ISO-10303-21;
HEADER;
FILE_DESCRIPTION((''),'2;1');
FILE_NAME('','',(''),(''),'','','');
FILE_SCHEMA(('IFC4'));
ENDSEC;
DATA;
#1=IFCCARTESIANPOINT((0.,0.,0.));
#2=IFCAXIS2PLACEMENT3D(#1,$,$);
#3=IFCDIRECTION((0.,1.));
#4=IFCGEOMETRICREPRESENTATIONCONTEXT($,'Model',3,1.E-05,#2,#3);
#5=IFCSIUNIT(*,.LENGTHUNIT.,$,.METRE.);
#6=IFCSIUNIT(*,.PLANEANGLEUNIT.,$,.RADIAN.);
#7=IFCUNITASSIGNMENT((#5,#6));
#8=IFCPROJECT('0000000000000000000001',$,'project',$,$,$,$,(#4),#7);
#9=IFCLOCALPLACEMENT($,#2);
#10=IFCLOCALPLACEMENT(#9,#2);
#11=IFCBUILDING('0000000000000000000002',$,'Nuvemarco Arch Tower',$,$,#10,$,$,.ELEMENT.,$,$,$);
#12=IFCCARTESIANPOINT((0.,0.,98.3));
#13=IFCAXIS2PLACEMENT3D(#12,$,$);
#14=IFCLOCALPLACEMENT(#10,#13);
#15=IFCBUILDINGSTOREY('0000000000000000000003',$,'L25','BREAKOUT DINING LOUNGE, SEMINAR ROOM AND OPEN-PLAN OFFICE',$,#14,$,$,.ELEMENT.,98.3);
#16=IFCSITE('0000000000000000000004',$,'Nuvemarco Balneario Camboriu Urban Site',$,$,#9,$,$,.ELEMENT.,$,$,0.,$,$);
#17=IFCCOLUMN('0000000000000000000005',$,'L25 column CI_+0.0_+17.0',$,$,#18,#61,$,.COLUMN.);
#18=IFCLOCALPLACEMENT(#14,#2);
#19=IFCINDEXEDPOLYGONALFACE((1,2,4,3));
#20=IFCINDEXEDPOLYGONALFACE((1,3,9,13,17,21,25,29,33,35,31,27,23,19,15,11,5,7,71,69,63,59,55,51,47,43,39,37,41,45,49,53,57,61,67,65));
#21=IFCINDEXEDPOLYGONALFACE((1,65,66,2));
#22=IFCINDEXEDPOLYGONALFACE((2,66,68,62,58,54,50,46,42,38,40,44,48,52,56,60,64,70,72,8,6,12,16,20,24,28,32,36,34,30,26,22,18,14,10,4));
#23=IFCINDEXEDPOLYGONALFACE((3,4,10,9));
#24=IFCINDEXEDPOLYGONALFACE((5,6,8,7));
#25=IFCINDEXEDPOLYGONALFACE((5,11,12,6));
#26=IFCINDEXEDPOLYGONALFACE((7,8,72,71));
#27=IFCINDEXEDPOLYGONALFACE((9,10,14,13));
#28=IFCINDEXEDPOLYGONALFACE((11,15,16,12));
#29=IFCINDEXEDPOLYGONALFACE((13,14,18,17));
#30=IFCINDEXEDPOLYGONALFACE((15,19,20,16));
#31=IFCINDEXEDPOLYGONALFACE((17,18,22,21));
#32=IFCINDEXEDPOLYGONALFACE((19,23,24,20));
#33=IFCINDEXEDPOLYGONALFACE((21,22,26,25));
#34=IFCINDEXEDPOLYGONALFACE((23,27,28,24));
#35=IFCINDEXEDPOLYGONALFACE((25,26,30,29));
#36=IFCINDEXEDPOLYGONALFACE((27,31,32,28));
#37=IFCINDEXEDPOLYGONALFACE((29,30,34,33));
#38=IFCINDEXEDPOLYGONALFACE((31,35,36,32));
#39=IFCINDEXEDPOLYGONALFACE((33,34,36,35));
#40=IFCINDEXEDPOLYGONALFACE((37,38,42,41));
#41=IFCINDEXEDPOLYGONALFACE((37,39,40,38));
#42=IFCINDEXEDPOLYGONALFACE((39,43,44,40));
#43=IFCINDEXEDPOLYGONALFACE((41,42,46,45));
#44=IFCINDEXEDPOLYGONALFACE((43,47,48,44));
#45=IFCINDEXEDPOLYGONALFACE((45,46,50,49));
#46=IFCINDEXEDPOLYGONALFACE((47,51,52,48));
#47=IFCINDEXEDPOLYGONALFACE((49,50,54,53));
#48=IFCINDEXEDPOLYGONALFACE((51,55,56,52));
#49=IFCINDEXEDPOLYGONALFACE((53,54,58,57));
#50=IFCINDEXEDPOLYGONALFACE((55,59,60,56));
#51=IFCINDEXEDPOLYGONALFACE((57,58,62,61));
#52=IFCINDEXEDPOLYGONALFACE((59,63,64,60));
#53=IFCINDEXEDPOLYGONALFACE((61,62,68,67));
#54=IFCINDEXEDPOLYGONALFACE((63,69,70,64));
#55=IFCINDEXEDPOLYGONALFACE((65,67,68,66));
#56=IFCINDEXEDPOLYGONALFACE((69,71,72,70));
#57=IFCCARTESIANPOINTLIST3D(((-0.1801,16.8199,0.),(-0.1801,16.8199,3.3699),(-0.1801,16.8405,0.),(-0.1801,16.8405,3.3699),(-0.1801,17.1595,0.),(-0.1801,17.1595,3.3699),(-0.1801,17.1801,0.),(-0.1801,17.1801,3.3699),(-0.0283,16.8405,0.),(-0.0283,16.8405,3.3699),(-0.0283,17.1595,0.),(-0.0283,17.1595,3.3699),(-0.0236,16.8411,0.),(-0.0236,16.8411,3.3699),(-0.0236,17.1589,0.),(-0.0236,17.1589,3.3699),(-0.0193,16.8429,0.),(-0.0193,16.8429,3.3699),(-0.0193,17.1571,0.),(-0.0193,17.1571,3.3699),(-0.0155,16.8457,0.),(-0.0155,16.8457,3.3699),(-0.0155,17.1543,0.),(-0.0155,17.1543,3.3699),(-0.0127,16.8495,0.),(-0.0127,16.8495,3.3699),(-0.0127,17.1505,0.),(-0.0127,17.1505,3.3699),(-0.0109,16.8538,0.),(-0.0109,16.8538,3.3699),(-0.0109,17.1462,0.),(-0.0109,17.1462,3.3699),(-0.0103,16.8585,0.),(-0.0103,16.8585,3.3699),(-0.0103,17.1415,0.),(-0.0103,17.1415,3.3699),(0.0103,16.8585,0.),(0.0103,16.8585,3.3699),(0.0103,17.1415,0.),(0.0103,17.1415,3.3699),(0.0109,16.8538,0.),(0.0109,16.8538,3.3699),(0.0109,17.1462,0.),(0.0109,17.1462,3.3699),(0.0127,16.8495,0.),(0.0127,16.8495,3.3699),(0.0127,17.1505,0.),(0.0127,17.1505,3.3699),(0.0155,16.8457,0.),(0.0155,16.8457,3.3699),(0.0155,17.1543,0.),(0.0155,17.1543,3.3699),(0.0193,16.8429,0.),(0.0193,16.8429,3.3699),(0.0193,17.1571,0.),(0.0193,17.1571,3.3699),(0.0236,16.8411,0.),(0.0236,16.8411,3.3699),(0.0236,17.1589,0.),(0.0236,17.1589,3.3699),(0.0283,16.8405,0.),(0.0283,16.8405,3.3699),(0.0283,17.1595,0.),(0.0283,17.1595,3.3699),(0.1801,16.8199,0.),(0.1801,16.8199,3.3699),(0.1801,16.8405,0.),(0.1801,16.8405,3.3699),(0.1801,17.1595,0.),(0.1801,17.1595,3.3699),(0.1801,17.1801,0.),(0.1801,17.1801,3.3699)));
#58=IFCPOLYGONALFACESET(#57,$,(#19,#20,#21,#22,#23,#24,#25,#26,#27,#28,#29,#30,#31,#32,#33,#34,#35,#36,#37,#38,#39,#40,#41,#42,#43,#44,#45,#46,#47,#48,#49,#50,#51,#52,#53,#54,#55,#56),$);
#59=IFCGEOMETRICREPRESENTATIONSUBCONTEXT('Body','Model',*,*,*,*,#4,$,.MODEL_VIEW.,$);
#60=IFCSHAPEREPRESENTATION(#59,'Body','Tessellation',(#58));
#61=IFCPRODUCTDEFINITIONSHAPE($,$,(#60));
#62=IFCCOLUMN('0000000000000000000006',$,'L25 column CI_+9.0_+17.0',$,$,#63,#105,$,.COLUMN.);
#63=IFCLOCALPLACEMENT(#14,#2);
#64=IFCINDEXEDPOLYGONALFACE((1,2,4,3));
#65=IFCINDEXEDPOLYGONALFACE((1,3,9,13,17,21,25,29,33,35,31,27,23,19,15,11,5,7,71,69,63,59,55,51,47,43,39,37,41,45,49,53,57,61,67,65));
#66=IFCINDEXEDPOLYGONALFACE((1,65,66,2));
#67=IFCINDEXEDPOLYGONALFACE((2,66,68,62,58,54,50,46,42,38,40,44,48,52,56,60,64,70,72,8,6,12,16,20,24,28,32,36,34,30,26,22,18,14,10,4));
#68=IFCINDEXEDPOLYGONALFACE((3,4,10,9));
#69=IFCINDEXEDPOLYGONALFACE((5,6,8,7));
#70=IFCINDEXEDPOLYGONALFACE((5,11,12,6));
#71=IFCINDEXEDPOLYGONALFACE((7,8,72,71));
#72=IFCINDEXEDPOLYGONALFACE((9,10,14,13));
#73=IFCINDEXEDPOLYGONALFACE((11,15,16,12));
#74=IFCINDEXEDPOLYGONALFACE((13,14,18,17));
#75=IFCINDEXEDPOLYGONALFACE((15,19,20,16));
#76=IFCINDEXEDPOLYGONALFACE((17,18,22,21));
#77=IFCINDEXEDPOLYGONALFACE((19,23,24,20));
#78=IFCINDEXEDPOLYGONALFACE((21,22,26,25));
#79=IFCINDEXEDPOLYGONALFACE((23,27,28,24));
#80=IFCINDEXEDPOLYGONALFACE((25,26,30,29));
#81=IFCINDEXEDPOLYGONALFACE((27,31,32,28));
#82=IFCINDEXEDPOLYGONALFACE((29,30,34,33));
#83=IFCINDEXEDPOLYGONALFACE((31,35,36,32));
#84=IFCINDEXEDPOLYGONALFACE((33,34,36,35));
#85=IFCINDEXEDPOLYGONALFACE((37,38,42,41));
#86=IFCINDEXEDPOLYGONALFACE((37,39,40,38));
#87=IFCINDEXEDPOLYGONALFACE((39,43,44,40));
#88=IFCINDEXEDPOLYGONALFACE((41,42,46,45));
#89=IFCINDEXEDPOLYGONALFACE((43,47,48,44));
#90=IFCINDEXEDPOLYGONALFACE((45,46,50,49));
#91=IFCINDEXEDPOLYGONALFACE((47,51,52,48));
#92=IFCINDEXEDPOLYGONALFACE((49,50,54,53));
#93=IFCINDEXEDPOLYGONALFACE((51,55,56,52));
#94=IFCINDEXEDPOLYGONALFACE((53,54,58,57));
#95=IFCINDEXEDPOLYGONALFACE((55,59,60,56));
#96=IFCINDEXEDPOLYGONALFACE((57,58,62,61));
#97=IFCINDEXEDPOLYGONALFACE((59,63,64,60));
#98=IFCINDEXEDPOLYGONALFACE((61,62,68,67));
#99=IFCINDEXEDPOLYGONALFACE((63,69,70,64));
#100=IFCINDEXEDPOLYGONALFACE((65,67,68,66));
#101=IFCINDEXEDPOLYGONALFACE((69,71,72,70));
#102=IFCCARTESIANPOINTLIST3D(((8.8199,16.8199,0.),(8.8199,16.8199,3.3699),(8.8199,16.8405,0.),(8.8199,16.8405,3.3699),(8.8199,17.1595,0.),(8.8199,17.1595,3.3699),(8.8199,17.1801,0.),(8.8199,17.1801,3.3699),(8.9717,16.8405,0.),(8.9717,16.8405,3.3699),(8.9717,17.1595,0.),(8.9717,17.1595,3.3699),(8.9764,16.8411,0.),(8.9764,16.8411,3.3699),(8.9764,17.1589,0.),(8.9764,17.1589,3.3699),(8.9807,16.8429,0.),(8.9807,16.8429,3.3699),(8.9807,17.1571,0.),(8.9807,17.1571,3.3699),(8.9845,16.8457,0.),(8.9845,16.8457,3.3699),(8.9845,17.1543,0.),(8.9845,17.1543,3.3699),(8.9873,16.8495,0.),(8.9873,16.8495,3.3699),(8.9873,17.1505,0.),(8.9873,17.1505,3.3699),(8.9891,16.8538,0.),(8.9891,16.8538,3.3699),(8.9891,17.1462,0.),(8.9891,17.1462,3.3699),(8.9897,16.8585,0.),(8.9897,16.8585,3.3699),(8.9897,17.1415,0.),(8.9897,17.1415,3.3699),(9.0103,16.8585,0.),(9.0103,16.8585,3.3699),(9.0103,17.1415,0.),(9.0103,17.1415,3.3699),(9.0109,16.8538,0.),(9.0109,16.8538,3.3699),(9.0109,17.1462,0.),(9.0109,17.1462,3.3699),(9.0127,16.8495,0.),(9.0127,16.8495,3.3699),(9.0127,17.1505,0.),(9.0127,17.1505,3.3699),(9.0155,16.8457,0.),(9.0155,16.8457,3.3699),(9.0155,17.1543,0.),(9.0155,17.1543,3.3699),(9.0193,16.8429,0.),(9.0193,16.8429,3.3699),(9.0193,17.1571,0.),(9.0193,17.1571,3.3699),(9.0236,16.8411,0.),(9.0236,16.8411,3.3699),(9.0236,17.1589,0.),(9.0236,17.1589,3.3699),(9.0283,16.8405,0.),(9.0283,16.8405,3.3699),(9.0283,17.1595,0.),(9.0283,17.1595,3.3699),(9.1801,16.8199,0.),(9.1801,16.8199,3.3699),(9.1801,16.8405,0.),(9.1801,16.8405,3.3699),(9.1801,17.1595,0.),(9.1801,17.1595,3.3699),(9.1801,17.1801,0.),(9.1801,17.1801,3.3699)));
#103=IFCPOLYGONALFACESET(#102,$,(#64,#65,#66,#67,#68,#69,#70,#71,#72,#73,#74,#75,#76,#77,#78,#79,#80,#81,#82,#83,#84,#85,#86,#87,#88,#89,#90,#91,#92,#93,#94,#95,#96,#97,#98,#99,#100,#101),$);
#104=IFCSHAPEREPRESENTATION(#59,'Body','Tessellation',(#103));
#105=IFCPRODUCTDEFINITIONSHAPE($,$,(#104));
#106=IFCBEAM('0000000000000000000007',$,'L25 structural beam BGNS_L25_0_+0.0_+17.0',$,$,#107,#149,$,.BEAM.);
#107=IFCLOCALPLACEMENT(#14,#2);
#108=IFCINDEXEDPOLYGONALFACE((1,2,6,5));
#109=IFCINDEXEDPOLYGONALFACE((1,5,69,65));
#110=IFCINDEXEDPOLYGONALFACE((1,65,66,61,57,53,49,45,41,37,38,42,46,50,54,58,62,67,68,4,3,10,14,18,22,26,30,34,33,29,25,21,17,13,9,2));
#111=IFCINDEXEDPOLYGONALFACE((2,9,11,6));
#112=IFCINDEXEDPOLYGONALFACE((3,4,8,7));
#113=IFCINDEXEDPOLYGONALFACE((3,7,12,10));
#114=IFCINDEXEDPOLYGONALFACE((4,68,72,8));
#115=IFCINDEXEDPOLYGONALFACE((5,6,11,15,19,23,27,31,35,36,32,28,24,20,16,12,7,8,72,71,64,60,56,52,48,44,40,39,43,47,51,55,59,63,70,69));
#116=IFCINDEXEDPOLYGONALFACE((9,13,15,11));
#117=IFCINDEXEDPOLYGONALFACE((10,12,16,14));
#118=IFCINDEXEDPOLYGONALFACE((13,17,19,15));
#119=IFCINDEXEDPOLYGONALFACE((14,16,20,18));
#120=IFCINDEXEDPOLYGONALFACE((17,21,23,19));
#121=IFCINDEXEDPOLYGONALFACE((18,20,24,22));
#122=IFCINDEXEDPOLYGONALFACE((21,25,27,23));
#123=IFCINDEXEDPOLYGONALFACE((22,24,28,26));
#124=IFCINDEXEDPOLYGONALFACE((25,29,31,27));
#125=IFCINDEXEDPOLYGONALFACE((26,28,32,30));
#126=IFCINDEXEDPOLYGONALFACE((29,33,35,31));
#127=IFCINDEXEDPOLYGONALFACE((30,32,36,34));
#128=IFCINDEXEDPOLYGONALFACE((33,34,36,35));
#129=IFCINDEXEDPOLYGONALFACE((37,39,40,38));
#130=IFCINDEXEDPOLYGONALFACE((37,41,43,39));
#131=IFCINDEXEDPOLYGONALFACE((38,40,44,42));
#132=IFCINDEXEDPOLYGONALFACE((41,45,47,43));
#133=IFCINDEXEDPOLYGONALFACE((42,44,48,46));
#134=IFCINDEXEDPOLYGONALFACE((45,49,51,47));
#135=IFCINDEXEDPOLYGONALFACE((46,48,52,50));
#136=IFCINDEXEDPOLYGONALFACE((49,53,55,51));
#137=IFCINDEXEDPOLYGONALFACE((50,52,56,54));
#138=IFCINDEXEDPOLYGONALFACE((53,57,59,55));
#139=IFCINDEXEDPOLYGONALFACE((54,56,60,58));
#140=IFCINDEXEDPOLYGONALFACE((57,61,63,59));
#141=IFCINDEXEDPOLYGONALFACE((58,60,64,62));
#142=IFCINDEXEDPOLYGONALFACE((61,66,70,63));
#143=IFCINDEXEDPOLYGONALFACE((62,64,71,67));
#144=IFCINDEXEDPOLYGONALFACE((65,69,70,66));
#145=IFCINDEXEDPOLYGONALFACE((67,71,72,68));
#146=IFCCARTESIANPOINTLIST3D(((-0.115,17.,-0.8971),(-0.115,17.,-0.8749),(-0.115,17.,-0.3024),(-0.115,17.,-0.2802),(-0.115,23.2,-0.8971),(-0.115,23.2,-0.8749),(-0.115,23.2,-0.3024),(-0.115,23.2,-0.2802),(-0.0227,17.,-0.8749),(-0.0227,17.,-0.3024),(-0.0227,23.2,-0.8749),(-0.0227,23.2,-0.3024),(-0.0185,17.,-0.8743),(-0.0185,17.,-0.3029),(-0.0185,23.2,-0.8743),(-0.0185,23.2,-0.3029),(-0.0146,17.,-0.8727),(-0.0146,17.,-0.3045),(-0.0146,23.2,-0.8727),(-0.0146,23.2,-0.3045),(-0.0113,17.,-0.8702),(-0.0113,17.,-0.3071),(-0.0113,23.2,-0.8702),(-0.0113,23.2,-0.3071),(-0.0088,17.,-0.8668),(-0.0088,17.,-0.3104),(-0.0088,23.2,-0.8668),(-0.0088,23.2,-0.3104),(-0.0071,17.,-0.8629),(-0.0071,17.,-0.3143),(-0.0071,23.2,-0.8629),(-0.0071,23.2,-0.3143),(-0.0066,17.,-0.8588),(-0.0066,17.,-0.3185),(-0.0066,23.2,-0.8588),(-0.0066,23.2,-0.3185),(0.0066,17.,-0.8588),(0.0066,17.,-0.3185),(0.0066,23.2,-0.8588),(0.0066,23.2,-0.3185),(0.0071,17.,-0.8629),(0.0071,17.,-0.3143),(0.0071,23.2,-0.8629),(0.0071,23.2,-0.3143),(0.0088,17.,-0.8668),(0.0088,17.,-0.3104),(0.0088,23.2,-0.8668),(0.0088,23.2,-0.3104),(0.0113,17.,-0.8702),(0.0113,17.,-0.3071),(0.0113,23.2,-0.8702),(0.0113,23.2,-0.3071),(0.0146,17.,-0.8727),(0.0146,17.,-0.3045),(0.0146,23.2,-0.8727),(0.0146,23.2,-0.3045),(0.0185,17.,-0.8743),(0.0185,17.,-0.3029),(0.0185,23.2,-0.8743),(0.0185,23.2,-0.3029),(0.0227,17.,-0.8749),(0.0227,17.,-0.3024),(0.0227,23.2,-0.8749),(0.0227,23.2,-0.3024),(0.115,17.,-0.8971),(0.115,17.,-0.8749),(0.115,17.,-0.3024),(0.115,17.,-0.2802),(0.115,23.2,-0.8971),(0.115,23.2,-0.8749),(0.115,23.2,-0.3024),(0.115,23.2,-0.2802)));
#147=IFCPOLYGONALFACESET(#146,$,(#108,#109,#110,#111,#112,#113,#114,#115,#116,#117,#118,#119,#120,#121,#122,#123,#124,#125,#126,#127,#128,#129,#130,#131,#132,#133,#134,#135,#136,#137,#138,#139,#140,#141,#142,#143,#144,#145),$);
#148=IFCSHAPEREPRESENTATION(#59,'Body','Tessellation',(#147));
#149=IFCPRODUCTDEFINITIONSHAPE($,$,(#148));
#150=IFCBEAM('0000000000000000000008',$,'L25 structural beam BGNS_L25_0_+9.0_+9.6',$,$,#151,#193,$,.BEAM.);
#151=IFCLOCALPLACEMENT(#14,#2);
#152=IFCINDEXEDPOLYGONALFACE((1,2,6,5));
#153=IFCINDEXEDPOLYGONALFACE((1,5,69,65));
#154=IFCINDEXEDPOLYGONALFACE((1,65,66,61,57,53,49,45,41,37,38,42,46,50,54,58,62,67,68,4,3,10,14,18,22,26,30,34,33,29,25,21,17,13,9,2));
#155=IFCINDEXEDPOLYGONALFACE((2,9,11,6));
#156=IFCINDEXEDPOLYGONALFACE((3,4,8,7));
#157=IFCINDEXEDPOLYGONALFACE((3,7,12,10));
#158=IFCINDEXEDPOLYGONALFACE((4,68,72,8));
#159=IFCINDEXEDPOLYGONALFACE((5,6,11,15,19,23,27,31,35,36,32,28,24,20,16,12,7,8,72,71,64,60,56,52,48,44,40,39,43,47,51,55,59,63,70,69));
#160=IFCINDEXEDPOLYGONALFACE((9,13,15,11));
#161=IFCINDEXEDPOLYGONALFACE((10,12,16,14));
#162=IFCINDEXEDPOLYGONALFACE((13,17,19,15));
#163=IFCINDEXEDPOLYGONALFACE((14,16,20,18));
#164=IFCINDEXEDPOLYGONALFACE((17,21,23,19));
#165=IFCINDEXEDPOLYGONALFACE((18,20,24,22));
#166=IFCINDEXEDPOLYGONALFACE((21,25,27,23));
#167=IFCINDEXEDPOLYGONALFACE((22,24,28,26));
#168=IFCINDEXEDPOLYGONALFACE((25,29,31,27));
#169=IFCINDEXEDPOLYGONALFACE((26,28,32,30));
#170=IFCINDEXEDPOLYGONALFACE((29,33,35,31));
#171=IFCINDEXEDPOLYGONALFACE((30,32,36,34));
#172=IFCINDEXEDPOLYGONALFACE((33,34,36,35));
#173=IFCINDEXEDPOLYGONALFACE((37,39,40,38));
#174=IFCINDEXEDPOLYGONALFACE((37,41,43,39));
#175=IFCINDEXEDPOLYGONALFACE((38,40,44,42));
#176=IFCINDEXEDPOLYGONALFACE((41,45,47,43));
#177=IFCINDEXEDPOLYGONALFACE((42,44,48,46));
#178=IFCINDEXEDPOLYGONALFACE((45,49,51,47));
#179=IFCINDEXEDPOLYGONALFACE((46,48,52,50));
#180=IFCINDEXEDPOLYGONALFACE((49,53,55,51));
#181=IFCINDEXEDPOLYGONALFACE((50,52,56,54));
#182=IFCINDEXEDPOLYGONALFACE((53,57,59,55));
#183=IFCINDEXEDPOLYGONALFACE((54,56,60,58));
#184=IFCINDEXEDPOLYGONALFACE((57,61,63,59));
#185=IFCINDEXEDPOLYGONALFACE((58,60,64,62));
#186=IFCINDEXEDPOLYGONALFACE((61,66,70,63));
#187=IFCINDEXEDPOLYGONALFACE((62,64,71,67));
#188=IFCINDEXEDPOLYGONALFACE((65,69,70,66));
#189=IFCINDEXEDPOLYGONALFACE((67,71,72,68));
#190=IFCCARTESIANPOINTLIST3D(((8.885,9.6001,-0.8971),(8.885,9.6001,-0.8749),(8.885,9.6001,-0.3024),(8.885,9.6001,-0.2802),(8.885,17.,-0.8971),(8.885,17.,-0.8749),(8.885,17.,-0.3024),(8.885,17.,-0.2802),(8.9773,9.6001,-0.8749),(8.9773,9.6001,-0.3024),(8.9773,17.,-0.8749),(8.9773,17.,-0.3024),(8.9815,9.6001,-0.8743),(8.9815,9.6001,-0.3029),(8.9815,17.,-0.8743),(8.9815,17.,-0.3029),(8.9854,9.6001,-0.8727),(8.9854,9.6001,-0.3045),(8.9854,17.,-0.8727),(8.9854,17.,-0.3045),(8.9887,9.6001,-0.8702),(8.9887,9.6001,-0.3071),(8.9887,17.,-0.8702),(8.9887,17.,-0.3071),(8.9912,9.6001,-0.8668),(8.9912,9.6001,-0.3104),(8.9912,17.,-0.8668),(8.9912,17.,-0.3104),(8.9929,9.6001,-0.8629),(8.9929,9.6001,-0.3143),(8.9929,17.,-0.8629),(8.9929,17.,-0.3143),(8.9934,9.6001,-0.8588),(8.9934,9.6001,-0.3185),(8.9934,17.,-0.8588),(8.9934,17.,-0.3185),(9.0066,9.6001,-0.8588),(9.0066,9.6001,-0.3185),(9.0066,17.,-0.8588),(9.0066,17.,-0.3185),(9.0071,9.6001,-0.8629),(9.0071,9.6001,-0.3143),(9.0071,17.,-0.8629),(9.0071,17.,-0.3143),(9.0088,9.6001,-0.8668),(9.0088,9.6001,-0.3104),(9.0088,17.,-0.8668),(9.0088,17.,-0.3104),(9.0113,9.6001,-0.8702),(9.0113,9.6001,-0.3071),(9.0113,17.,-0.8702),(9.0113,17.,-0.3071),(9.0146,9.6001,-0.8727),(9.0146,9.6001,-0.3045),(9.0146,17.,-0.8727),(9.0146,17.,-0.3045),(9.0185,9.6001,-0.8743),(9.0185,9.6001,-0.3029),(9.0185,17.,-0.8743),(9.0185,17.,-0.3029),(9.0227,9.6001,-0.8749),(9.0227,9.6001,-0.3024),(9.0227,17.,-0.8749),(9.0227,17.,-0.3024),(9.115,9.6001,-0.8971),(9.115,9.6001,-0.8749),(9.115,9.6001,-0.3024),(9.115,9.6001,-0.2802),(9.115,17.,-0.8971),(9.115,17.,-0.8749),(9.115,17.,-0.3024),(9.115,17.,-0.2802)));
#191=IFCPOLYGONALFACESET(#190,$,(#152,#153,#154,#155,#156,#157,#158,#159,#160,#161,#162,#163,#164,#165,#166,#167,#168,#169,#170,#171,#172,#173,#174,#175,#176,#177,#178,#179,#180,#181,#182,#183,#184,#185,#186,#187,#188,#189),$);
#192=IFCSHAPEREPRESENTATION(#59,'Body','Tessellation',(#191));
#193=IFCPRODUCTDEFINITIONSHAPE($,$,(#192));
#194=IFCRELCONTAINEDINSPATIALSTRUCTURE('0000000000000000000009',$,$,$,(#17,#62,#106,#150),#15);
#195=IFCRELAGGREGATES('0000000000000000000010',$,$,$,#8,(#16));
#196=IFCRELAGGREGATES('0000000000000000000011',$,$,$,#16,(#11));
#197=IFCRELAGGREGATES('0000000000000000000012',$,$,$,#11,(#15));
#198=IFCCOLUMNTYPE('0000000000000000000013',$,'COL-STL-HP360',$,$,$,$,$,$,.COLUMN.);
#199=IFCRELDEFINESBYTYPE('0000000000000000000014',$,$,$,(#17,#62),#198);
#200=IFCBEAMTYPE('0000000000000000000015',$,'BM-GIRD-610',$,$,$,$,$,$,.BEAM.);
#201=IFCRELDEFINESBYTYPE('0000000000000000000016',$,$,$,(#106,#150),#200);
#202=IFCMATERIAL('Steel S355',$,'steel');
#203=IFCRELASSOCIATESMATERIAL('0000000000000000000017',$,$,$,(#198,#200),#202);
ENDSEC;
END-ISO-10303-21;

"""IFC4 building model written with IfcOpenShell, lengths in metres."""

from ifc_helpers import new_model, si_unit, direction, frame, origin, origin_2d, place, context, subcontext, project, spatial, i_section, extrude, material, material_profile, profile_set, type_object, element, save


model = new_model("IFC4")

# Units and contexts
model_context = context("Model", 3, precision=1e-05, world=origin(), true_north=direction((0.0, 1.0)))
body_context = subcontext(model_context, "Body", "Model", "MODEL_VIEW")
ifc_project = project(units=[si_unit("LENGTHUNIT", "METRE"), si_unit("PLANEANGLEUNIT", "RADIAN")], contexts=[model_context])

# Site, building, storey
site_placement = place(None, origin())
site = spatial("IfcSite", under=ifc_project, at=site_placement, Name="Nuvemarco Balneario Camboriu Urban Site", CompositionType="ELEMENT", RefElevation=0.0)
building_placement = place(site_placement, origin())
building = spatial("IfcBuilding", under=site, at=building_placement, Name="Nuvemarco Arch Tower", CompositionType="ELEMENT")
storey_placement = place(building_placement, frame((0.0, 0.0, 98.3)))
storey = spatial("IfcBuildingStorey", under=building, at=storey_placement, Name="L25", Description="BREAKOUT DINING LOUNGE, SEMINAR ROOM AND OPEN-PLAN OFFICE", CompositionType="ELEMENT", Elevation=98.3)

# Columns
ifc_material_1 = material(Name="Steel S355", Category="steel")
ifc_material_profile_1 = material_profile(ifc_material_1, i_section(OverallWidth=0.3601, OverallDepth=0.3601, WebThickness=0.0205, FlangeThickness=0.0205, FilletRadius=0.0181, at=origin_2d()), Name="HP360x174")
ifc_profile_set_1 = profile_set([ifc_material_profile_1], Name="Steel S355")
column_type_1 = type_object("IfcColumnType", Name="COL-STL-HP360", PredefinedType="COLUMN", material=ifc_profile_set_1)
for number, where, z_axis, x_axis, name in (
    (1, (0.0, 17.0, 0.0), (0.0, 0.0, 1.0), (1.0, 0.0, 0.0), "L25 column CI_+0.0_+17.0"),
    (2, (9.0, 17.0, 0.0), (0.0, 0.0, 1.0), (1.0, 0.0, 0.0), "L25 column CI_+9.0_+17.0"),
):
    element("IfcColumn", number, at=place(storey_placement, frame(where, z_axis=z_axis, x_axis=x_axis)), inside=storey, type_object=column_type_1, Name=name, PredefinedType="COLUMN", context=body_context, shape_type="SweptSolid", body=[
        extrude(i_section(OverallWidth=0.3601, OverallDepth=0.3601, WebThickness=0.0205, FlangeThickness=0.0205, FilletRadius=0.0181, at=origin_2d()), origin(), (0.0, 0.0, 1.0), 3.3699),
    ])

# Beams
ifc_material_profile_2 = material_profile(ifc_material_1, i_section(OverallWidth=0.23, OverallDepth=0.6169, WebThickness=0.0132, FlangeThickness=0.0222, FilletRadius=0.0161, at=origin_2d()), Name="W610x140")
ifc_profile_set_2 = profile_set([ifc_material_profile_2], Name="Steel S355")
beam_type_1 = type_object("IfcBeamType", Name="BM-GIRD-610", PredefinedType="BEAM", material=ifc_profile_set_2)
beam_1_placement = place(storey_placement, frame((0.0, 17.0, -0.5886), z_axis=(0.0, 1.0, 0.0), x_axis=(-1.0, 0.0, 0.0)))
element("IfcBeam", 3, at=beam_1_placement, inside=storey, type_object=beam_type_1, Name="L25 structural beam BGNS_L25_0_+0.0_+17.0", PredefinedType="BEAM", context=body_context, shape_type="SweptSolid", body=[
    extrude(i_section(OverallWidth=0.23, OverallDepth=0.6169, WebThickness=0.0132, FlangeThickness=0.0222, FilletRadius=0.0161, at=origin_2d()), origin(), (0.0, 0.0, 1.0), 6.2),
])
beam_2_placement = place(storey_placement, frame((9.0, 9.6001, -0.5886), z_axis=(0.0, 1.0, 0.0), x_axis=(-1.0, 0.0, 0.0)))
element("IfcBeam", 4, at=beam_2_placement, inside=storey, type_object=beam_type_1, Name="L25 structural beam BGNS_L25_0_+9.0_+9.6", PredefinedType="BEAM", context=body_context, shape_type="SweptSolid", body=[
    extrude(i_section(OverallWidth=0.23, OverallDepth=0.6169, WebThickness=0.0132, FlangeThickness=0.0222, FilletRadius=0.0161, at=origin_2d()), origin(), (0.0, 0.0, 1.0), 7.3999),
])

save(model, "model.ifc")
